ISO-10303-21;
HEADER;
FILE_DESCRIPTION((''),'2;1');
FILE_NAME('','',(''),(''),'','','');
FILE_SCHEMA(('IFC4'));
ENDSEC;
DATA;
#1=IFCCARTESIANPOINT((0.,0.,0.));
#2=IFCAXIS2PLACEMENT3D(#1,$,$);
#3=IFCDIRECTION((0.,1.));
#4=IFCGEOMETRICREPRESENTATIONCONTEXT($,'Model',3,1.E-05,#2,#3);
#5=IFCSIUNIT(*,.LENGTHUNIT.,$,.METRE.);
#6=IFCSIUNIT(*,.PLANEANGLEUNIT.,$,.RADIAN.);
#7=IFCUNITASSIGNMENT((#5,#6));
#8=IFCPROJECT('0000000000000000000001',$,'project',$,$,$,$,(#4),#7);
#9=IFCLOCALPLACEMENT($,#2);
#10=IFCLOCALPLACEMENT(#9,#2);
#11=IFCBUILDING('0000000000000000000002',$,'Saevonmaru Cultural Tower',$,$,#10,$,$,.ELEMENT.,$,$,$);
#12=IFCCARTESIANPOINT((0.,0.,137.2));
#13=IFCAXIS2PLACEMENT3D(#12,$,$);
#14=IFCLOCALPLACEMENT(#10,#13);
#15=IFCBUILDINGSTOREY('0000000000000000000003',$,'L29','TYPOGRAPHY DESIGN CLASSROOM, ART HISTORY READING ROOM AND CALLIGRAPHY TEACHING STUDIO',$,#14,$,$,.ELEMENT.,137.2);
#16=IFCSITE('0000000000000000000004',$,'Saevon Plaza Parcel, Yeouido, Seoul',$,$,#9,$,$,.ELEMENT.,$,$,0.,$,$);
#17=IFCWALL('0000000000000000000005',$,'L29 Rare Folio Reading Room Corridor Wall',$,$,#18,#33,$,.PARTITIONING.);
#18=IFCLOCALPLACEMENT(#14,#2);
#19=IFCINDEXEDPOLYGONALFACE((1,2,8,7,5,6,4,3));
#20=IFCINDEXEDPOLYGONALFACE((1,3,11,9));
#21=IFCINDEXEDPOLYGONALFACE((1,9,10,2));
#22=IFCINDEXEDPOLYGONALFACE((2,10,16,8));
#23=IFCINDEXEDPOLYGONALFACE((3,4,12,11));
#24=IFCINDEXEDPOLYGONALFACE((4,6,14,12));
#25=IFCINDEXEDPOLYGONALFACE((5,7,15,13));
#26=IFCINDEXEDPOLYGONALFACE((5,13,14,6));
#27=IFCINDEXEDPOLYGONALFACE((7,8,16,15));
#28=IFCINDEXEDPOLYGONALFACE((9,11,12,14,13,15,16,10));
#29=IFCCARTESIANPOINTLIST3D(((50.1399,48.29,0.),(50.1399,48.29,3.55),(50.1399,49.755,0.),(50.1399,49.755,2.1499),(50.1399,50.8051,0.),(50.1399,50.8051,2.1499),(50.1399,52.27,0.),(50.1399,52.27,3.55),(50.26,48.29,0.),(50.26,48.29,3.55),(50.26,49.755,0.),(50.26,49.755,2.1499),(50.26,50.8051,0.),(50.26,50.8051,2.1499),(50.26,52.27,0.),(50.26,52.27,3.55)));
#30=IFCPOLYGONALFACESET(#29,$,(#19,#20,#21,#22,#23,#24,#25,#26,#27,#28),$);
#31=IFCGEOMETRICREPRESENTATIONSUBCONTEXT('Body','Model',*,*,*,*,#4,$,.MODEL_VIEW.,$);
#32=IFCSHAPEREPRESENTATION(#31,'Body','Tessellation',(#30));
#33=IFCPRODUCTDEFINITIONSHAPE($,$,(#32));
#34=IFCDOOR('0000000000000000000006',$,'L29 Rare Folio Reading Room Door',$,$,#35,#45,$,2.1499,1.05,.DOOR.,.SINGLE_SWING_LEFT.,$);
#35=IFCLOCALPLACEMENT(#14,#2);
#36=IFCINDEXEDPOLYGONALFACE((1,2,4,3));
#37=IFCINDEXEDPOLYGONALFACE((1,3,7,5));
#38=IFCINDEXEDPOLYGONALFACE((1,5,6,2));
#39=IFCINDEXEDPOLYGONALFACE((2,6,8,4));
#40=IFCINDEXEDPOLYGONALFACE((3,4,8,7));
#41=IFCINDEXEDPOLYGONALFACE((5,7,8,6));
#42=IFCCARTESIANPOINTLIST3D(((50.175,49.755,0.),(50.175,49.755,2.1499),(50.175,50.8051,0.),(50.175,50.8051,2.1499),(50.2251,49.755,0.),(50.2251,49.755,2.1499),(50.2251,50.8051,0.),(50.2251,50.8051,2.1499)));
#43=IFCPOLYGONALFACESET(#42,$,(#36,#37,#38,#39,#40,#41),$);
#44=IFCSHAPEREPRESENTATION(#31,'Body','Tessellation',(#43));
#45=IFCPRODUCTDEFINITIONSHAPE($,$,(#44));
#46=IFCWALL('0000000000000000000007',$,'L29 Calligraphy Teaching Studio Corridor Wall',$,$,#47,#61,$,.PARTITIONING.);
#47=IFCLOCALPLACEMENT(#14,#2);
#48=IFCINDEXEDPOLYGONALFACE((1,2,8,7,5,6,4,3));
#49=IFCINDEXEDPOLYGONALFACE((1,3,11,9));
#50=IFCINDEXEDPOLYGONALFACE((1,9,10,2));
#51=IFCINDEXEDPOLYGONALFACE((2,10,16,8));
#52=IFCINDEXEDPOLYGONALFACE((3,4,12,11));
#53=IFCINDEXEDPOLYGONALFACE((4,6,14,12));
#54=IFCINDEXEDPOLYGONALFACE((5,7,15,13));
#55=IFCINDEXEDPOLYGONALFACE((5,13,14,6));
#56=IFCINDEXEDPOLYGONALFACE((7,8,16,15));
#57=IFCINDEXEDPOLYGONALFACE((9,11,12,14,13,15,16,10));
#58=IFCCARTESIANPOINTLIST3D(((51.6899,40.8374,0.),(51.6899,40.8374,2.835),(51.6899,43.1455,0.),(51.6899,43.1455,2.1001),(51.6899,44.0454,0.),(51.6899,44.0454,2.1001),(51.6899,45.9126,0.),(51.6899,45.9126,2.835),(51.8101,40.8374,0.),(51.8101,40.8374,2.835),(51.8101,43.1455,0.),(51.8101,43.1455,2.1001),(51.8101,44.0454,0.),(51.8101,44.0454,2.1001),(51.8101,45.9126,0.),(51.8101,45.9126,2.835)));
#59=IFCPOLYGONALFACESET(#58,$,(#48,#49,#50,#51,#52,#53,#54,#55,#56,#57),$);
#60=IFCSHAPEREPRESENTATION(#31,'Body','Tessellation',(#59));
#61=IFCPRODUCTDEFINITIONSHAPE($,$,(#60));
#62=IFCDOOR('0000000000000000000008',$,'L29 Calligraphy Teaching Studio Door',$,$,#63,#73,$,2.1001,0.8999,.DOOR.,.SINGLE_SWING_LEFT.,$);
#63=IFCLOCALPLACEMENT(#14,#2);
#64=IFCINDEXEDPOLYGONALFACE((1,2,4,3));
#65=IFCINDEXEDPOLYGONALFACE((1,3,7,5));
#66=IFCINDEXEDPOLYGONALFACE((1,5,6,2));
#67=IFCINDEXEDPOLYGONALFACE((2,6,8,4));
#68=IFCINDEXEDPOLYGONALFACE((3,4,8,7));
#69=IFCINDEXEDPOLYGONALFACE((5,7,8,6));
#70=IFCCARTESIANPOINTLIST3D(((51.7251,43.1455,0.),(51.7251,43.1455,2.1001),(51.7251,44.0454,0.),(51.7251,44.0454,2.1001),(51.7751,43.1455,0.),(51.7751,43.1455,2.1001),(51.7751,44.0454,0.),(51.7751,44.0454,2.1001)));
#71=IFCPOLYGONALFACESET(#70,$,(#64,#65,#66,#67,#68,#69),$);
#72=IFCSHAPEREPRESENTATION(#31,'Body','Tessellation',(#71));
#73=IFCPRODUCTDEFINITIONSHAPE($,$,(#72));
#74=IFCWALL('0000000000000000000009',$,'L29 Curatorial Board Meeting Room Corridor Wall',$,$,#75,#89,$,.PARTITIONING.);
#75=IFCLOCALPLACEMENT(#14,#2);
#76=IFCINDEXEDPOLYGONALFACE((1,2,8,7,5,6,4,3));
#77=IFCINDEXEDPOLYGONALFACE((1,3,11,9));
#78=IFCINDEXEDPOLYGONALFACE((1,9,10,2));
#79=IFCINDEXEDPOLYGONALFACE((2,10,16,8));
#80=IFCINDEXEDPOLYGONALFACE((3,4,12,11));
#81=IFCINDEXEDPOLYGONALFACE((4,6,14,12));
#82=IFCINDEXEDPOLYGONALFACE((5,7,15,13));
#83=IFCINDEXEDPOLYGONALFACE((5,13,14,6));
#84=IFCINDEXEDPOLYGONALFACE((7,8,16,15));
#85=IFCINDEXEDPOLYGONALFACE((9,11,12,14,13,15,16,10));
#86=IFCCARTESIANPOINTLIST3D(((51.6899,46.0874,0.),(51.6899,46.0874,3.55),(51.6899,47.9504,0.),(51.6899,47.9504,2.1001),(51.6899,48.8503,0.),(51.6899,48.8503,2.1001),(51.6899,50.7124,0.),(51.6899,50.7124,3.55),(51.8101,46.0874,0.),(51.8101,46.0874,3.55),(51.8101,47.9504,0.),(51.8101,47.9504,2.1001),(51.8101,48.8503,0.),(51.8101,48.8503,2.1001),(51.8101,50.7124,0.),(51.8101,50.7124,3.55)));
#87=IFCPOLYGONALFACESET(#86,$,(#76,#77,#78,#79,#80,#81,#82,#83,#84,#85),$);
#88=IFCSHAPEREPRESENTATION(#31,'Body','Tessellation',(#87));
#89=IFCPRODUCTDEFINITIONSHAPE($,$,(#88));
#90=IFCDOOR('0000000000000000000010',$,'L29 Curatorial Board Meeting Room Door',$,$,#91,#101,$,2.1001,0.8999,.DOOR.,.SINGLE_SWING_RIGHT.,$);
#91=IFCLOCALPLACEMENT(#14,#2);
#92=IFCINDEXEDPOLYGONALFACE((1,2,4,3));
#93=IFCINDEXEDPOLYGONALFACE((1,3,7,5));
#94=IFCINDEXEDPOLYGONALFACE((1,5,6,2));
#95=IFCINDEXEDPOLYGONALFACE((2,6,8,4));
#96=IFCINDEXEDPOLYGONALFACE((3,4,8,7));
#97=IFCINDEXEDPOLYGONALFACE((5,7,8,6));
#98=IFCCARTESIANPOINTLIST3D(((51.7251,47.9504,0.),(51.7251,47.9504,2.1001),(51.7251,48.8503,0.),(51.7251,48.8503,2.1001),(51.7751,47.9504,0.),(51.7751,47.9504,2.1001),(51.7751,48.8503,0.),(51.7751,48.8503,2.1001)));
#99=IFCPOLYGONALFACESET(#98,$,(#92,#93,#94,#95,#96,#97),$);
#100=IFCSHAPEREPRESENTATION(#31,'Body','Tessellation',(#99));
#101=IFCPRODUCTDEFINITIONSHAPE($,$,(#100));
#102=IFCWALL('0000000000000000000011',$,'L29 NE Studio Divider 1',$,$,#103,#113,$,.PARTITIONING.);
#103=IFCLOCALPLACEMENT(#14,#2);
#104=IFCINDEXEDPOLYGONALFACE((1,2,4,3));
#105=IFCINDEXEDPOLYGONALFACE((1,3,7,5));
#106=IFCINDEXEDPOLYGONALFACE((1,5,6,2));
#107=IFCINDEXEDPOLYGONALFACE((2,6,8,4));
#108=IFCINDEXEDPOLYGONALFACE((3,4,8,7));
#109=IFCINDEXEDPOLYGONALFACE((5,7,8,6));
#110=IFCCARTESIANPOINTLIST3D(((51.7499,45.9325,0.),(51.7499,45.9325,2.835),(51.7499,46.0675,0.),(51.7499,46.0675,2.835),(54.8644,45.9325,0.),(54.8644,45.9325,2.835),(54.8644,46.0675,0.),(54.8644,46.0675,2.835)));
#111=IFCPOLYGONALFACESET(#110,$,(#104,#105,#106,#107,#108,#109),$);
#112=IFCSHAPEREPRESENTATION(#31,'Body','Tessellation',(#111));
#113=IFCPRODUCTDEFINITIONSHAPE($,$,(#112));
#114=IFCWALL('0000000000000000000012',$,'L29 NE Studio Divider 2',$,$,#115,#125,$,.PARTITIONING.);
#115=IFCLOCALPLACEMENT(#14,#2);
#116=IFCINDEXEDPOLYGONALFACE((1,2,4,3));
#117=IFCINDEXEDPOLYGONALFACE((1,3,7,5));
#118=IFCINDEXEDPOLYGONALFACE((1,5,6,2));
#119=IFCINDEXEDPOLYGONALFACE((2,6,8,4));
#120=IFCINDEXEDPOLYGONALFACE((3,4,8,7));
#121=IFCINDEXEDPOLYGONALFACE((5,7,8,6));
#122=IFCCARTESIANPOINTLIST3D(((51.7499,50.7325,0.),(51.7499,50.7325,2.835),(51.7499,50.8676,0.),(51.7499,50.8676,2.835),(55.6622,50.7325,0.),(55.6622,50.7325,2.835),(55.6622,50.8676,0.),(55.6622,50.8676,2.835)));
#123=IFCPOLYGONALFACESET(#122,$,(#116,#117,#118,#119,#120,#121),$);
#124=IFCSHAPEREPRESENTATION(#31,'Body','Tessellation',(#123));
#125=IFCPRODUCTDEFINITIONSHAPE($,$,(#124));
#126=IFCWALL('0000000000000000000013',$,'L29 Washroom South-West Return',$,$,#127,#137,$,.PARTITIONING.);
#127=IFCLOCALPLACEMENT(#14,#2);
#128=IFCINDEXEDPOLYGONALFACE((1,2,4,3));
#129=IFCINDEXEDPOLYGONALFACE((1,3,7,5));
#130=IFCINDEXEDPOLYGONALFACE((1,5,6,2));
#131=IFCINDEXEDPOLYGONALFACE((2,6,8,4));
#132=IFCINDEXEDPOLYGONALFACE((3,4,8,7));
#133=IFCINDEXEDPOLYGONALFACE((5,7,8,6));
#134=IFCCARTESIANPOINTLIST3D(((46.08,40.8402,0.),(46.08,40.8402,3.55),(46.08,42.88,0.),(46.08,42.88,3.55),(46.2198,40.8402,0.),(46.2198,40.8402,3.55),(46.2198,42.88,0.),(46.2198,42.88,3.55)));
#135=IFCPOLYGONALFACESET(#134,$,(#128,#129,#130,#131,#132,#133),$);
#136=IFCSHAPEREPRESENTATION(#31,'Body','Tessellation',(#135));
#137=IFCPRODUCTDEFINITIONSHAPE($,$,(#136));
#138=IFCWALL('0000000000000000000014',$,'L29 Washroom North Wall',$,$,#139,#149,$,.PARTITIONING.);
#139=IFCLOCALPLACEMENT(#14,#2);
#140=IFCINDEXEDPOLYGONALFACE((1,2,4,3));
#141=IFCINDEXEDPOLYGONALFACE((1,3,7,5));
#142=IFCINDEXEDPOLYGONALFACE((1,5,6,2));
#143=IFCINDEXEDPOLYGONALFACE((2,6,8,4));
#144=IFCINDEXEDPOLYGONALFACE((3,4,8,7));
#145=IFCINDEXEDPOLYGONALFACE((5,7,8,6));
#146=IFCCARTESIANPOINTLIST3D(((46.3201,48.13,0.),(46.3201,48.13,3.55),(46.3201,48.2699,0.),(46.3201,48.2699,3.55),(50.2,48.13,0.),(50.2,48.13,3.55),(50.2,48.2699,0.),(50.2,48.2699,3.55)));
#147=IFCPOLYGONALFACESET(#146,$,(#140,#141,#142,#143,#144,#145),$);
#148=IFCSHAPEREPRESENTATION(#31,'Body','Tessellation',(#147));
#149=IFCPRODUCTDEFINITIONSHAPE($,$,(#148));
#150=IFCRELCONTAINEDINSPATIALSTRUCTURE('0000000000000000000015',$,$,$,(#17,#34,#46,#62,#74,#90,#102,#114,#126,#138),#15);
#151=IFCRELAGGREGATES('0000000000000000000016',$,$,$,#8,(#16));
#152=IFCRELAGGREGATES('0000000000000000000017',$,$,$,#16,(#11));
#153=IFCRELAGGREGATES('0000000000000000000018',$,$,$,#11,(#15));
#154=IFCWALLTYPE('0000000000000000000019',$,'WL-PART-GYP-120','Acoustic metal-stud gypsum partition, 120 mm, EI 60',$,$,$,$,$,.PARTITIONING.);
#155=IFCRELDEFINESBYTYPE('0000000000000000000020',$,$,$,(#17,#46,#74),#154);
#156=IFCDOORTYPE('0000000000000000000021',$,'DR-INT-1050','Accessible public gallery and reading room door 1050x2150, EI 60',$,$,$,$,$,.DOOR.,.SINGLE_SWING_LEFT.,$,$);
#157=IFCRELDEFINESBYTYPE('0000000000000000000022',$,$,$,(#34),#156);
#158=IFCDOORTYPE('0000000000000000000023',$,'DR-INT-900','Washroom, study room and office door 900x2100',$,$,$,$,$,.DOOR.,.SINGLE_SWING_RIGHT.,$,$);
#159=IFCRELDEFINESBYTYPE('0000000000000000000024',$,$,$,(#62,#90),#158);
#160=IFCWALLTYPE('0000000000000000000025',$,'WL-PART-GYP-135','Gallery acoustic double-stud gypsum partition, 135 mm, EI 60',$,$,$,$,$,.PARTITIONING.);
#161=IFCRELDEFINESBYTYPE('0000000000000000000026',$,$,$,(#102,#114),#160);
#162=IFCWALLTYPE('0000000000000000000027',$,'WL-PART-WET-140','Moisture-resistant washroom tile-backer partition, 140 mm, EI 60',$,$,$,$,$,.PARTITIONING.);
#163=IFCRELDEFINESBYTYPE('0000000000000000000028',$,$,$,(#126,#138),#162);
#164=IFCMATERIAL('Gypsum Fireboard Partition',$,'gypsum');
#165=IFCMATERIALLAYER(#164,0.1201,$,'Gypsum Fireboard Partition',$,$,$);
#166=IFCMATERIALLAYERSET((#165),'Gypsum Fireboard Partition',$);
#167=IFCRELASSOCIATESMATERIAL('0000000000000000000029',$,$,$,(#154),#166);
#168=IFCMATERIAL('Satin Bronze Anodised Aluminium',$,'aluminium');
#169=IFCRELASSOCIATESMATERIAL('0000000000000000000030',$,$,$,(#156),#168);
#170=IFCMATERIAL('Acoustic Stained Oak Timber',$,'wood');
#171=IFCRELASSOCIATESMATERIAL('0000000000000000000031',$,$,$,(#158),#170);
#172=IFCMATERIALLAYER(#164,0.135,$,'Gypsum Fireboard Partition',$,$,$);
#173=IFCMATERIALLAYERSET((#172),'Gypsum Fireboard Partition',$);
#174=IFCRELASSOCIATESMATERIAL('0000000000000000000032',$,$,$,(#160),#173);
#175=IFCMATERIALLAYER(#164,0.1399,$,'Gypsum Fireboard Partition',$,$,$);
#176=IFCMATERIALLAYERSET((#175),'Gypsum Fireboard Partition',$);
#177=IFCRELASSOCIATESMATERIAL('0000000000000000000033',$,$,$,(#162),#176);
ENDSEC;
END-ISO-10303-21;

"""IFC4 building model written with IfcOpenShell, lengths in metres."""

from ifc_helpers import new_model, si_unit, direction, frame, frame_2d, origin, place, context, subcontext, project, spatial, rectangle, extrude, material, layer, layer_set, type_object, element, fill, save


model = new_model("IFC4")

# Units and contexts
model_context = context("Model", 3, precision=1e-05, world=origin(), true_north=direction((0.0, 1.0)))
body_context = subcontext(model_context, "Body", "Model", "MODEL_VIEW")
ifc_project = project(units=[si_unit("LENGTHUNIT", "METRE"), si_unit("PLANEANGLEUNIT", "RADIAN")], contexts=[model_context])

# Site, building, storey
site_placement = place(None, origin())
site = spatial("IfcSite", under=ifc_project, at=site_placement, Name="Saevon Plaza Parcel, Yeouido, Seoul", CompositionType="ELEMENT", RefElevation=0.0)
building_placement = place(site_placement, origin())
building = spatial("IfcBuilding", under=site, at=building_placement, Name="Saevonmaru Cultural Tower", CompositionType="ELEMENT")
storey_placement = place(building_placement, frame((0.0, 0.0, 137.2)))
storey = spatial("IfcBuildingStorey", under=building, at=storey_placement, Name="L29", Description="TYPOGRAPHY DESIGN CLASSROOM, ART HISTORY READING ROOM AND CALLIGRAPHY TEACHING STUDIO", CompositionType="ELEMENT", Elevation=137.2)

# Shared definitions
ifc_material_1 = material(Name="Satin Bronze Anodised Aluminium", Category="aluminium")

# Walls, openings, doors
ifc_material_2 = material(Name="Gypsum Fireboard Partition", Category="gypsum")
ifc_layer_1 = layer(ifc_material_2, 0.1201, Name="Gypsum Fireboard Partition")
ifc_layer_set_1 = layer_set([ifc_layer_1], Name="Gypsum Fireboard Partition")
wall_type_1 = type_object("IfcWallType", Name="WL-PART-GYP-120", Description="Acoustic metal-stud gypsum partition, 120 mm, EI 60", PredefinedType="PARTITIONING", material=ifc_layer_set_1)
wall_1_placement = place(storey_placement, frame((50.2, 48.29, 0.0), z_axis=(0.0, 0.0, 1.0), x_axis=(0.0, 1.0, 0.0)))
wall_1 = element("IfcWall", 1, at=wall_1_placement, inside=storey, type_object=wall_type_1, Name="L29 Rare Folio Reading Room Corridor Wall", PredefinedType="PARTITIONING", context=body_context, shape_type="SweptSolid", body=[
    extrude(rectangle(XDim=3.98, YDim=0.1201, at=frame_2d((1.99, 0.0))), origin(), (0.0, 0.0, 1.0), 3.55),
])
opening_1_placement = place(wall_1_placement, frame((1.4651, 0.0, 0.0)))
opening_1 = element("IfcOpeningElement", 2, at=opening_1_placement, cuts=wall_1, PredefinedType="OPENING", context=body_context, shape_type="SweptSolid", body=[
    extrude(rectangle(XDim=1.05, YDim=2.1499, at=frame_2d((0.5249, 1.075))), frame((0.0, 0.0701, 0.0), z_axis=(0.0, -1.0, 0.0), x_axis=(1.0, 0.0, 0.0)), (0.0, 0.0, 1.0), 0.1401),
])
door_type_1 = type_object("IfcDoorType", Name="DR-INT-1050", Description="Accessible public gallery and reading room door 1050x2150, EI 60", OperationType="SINGLE_SWING_LEFT", PredefinedType="DOOR", material=ifc_material_1)
door_1_placement = place(opening_1_placement, origin())
door_1 = element("IfcDoor", 3, at=door_1_placement, inside=storey, type_object=door_type_1, Name="L29 Rare Folio Reading Room Door", OperationType="SINGLE_SWING_LEFT", OverallHeight=2.1499, OverallWidth=1.05, PredefinedType="DOOR", context=body_context, shape_type="SweptSolid", body=[
    extrude(rectangle(XDim=1.05, YDim=2.1499, at=frame_2d((0.5249, 1.075))), frame((0.0, 0.0249, 0.0), z_axis=(0.0, -1.0, 0.0), x_axis=(1.0, 0.0, 0.0)), (0.0, 0.0, 1.0), 0.05),
])
fill(opening_1, door_1)
wall_2_placement = place(storey_placement, frame((51.75, 40.8374, 0.0), z_axis=(0.0, 0.0, 1.0), x_axis=(0.0, 1.0, 0.0)))
wall_2 = element("IfcWall", 4, at=wall_2_placement, inside=storey, type_object=wall_type_1, Name="L29 Calligraphy Teaching Studio Corridor Wall", PredefinedType="PARTITIONING", context=body_context, shape_type="SweptSolid", body=[
    extrude(rectangle(XDim=5.0752, YDim=0.1201, at=frame_2d((2.5376, 0.0))), origin(), (0.0, 0.0, 1.0), 2.835),
])
opening_2_placement = place(wall_2_placement, frame((2.3081, 0.0, 0.0)))
opening_2 = element("IfcOpeningElement", 5, at=opening_2_placement, cuts=wall_2, PredefinedType="OPENING", context=body_context, shape_type="SweptSolid", body=[
    extrude(rectangle(XDim=0.8999, YDim=2.1001, at=frame_2d((0.45, 1.05))), frame((0.0, 0.0701, 0.0), z_axis=(0.0, -1.0, 0.0), x_axis=(1.0, 0.0, 0.0)), (0.0, 0.0, 1.0), 0.1401),
])
ifc_material_3 = material(Name="Acoustic Stained Oak Timber", Category="wood")
door_type_2 = type_object("IfcDoorType", Name="DR-INT-900", Description="Washroom, study room and office door 900x2100", OperationType="SINGLE_SWING_RIGHT", PredefinedType="DOOR", material=ifc_material_3)
door_2_placement = place(opening_2_placement, origin())
door_2 = element("IfcDoor", 6, at=door_2_placement, inside=storey, type_object=door_type_2, Name="L29 Calligraphy Teaching Studio Door", OperationType="SINGLE_SWING_LEFT", OverallHeight=2.1001, OverallWidth=0.8999, PredefinedType="DOOR", context=body_context, shape_type="SweptSolid", body=[
    extrude(rectangle(XDim=0.8999, YDim=2.1001, at=frame_2d((0.45, 1.05))), frame((0.0, 0.0249, 0.0), z_axis=(0.0, -1.0, 0.0), x_axis=(1.0, 0.0, 0.0)), (0.0, 0.0, 1.0), 0.05),
])
fill(opening_2, door_2)
wall_3_placement = place(storey_placement, frame((51.75, 46.0874, 0.0), z_axis=(0.0, 0.0, 1.0), x_axis=(0.0, 1.0, 0.0)))
wall_3 = element("IfcWall", 7, at=wall_3_placement, inside=storey, type_object=wall_type_1, Name="L29 Curatorial Board Meeting Room Corridor Wall", PredefinedType="PARTITIONING", context=body_context, shape_type="SweptSolid", body=[
    extrude(rectangle(XDim=4.625, YDim=0.1201, at=frame_2d((2.3125, 0.0))), origin(), (0.0, 0.0, 1.0), 3.55),
])
opening_3_placement = place(wall_3_placement, frame((1.863, 0.0, 0.0)))
opening_3 = element("IfcOpeningElement", 8, at=opening_3_placement, cuts=wall_3, PredefinedType="OPENING", context=body_context, shape_type="SweptSolid", body=[
    extrude(rectangle(XDim=0.8999, YDim=2.1001, at=frame_2d((0.45, 1.05))), frame((0.0, 0.0701, 0.0), z_axis=(0.0, -1.0, 0.0), x_axis=(1.0, 0.0, 0.0)), (0.0, 0.0, 1.0), 0.1401),
])
door_3_placement = place(opening_3_placement, origin())
door_3 = element("IfcDoor", 9, at=door_3_placement, inside=storey, type_object=door_type_2, Name="L29 Curatorial Board Meeting Room Door", OperationType="SINGLE_SWING_RIGHT", OverallHeight=2.1001, OverallWidth=0.8999, PredefinedType="DOOR", context=body_context, shape_type="SweptSolid", body=[
    extrude(rectangle(XDim=0.8999, YDim=2.1001, at=frame_2d((0.45, 1.05))), frame((0.0, 0.0249, 0.0), z_axis=(0.0, -1.0, 0.0), x_axis=(1.0, 0.0, 0.0)), (0.0, 0.0, 1.0), 0.05),
])
fill(opening_3, door_3)

# Walls
ifc_layer_2 = layer(ifc_material_2, 0.135, Name="Gypsum Fireboard Partition")
ifc_layer_set_2 = layer_set([ifc_layer_2], Name="Gypsum Fireboard Partition")
wall_type_2 = type_object("IfcWallType", Name="WL-PART-GYP-135", Description="Gallery acoustic double-stud gypsum partition, 135 mm, EI 60", PredefinedType="PARTITIONING", material=ifc_layer_set_2)
wall_4_placement = place(storey_placement, frame((51.75, 46.0, 0.0), z_axis=(0.0, 0.0, 1.0), x_axis=(1.0, 0.0, 0.0)))
element("IfcWall", 10, at=wall_4_placement, inside=storey, type_object=wall_type_2, Name="L29 NE Studio Divider 1", PredefinedType="PARTITIONING", context=body_context, shape_type="SweptSolid", body=[
    extrude(rectangle(XDim=3.1145, YDim=0.135, at=frame_2d((1.5571, 0.0))), origin(), (0.0, 0.0, 1.0), 2.835),
])
wall_5_placement = place(storey_placement, frame((51.75, 50.8, 0.0), z_axis=(0.0, 0.0, 1.0), x_axis=(1.0, 0.0, 0.0)))
element("IfcWall", 11, at=wall_5_placement, inside=storey, type_object=wall_type_2, Name="L29 NE Studio Divider 2", PredefinedType="PARTITIONING", context=body_context, shape_type="SweptSolid", body=[
    extrude(rectangle(XDim=3.9124, YDim=0.135, at=frame_2d((1.9561, 0.0))), origin(), (0.0, 0.0, 1.0), 2.835),
])
ifc_layer_3 = layer(ifc_material_2, 0.1399, Name="Gypsum Fireboard Partition")
ifc_layer_set_3 = layer_set([ifc_layer_3], Name="Gypsum Fireboard Partition")
wall_type_3 = type_object("IfcWallType", Name="WL-PART-WET-140", Description="Moisture-resistant washroom tile-backer partition, 140 mm, EI 60", PredefinedType="PARTITIONING", material=ifc_layer_set_3)
wall_6_placement = place(storey_placement, frame((46.1499, 40.8401, 0.0), z_axis=(0.0, 0.0, 1.0), x_axis=(0.0, 1.0, 0.0)))
element("IfcWall", 12, at=wall_6_placement, inside=storey, type_object=wall_type_3, Name="L29 Washroom South-West Return", PredefinedType="PARTITIONING", context=body_context, shape_type="SweptSolid", body=[
    extrude(rectangle(XDim=2.0398, YDim=0.1399, at=frame_2d((1.02, 0.0))), origin(), (0.0, 0.0, 1.0), 3.55),
])
wall_7_placement = place(storey_placement, frame((46.3201, 48.2, 0.0), z_axis=(0.0, 0.0, 1.0), x_axis=(1.0, 0.0, 0.0)))
element("IfcWall", 13, at=wall_7_placement, inside=storey, type_object=wall_type_3, Name="L29 Washroom North Wall", PredefinedType="PARTITIONING", context=body_context, shape_type="SweptSolid", body=[
    extrude(rectangle(XDim=3.8799, YDim=0.1399, at=frame_2d((1.9399, 0.0))), origin(), (0.0, 0.0, 1.0), 3.55),
])

save(model, "model.ifc")
